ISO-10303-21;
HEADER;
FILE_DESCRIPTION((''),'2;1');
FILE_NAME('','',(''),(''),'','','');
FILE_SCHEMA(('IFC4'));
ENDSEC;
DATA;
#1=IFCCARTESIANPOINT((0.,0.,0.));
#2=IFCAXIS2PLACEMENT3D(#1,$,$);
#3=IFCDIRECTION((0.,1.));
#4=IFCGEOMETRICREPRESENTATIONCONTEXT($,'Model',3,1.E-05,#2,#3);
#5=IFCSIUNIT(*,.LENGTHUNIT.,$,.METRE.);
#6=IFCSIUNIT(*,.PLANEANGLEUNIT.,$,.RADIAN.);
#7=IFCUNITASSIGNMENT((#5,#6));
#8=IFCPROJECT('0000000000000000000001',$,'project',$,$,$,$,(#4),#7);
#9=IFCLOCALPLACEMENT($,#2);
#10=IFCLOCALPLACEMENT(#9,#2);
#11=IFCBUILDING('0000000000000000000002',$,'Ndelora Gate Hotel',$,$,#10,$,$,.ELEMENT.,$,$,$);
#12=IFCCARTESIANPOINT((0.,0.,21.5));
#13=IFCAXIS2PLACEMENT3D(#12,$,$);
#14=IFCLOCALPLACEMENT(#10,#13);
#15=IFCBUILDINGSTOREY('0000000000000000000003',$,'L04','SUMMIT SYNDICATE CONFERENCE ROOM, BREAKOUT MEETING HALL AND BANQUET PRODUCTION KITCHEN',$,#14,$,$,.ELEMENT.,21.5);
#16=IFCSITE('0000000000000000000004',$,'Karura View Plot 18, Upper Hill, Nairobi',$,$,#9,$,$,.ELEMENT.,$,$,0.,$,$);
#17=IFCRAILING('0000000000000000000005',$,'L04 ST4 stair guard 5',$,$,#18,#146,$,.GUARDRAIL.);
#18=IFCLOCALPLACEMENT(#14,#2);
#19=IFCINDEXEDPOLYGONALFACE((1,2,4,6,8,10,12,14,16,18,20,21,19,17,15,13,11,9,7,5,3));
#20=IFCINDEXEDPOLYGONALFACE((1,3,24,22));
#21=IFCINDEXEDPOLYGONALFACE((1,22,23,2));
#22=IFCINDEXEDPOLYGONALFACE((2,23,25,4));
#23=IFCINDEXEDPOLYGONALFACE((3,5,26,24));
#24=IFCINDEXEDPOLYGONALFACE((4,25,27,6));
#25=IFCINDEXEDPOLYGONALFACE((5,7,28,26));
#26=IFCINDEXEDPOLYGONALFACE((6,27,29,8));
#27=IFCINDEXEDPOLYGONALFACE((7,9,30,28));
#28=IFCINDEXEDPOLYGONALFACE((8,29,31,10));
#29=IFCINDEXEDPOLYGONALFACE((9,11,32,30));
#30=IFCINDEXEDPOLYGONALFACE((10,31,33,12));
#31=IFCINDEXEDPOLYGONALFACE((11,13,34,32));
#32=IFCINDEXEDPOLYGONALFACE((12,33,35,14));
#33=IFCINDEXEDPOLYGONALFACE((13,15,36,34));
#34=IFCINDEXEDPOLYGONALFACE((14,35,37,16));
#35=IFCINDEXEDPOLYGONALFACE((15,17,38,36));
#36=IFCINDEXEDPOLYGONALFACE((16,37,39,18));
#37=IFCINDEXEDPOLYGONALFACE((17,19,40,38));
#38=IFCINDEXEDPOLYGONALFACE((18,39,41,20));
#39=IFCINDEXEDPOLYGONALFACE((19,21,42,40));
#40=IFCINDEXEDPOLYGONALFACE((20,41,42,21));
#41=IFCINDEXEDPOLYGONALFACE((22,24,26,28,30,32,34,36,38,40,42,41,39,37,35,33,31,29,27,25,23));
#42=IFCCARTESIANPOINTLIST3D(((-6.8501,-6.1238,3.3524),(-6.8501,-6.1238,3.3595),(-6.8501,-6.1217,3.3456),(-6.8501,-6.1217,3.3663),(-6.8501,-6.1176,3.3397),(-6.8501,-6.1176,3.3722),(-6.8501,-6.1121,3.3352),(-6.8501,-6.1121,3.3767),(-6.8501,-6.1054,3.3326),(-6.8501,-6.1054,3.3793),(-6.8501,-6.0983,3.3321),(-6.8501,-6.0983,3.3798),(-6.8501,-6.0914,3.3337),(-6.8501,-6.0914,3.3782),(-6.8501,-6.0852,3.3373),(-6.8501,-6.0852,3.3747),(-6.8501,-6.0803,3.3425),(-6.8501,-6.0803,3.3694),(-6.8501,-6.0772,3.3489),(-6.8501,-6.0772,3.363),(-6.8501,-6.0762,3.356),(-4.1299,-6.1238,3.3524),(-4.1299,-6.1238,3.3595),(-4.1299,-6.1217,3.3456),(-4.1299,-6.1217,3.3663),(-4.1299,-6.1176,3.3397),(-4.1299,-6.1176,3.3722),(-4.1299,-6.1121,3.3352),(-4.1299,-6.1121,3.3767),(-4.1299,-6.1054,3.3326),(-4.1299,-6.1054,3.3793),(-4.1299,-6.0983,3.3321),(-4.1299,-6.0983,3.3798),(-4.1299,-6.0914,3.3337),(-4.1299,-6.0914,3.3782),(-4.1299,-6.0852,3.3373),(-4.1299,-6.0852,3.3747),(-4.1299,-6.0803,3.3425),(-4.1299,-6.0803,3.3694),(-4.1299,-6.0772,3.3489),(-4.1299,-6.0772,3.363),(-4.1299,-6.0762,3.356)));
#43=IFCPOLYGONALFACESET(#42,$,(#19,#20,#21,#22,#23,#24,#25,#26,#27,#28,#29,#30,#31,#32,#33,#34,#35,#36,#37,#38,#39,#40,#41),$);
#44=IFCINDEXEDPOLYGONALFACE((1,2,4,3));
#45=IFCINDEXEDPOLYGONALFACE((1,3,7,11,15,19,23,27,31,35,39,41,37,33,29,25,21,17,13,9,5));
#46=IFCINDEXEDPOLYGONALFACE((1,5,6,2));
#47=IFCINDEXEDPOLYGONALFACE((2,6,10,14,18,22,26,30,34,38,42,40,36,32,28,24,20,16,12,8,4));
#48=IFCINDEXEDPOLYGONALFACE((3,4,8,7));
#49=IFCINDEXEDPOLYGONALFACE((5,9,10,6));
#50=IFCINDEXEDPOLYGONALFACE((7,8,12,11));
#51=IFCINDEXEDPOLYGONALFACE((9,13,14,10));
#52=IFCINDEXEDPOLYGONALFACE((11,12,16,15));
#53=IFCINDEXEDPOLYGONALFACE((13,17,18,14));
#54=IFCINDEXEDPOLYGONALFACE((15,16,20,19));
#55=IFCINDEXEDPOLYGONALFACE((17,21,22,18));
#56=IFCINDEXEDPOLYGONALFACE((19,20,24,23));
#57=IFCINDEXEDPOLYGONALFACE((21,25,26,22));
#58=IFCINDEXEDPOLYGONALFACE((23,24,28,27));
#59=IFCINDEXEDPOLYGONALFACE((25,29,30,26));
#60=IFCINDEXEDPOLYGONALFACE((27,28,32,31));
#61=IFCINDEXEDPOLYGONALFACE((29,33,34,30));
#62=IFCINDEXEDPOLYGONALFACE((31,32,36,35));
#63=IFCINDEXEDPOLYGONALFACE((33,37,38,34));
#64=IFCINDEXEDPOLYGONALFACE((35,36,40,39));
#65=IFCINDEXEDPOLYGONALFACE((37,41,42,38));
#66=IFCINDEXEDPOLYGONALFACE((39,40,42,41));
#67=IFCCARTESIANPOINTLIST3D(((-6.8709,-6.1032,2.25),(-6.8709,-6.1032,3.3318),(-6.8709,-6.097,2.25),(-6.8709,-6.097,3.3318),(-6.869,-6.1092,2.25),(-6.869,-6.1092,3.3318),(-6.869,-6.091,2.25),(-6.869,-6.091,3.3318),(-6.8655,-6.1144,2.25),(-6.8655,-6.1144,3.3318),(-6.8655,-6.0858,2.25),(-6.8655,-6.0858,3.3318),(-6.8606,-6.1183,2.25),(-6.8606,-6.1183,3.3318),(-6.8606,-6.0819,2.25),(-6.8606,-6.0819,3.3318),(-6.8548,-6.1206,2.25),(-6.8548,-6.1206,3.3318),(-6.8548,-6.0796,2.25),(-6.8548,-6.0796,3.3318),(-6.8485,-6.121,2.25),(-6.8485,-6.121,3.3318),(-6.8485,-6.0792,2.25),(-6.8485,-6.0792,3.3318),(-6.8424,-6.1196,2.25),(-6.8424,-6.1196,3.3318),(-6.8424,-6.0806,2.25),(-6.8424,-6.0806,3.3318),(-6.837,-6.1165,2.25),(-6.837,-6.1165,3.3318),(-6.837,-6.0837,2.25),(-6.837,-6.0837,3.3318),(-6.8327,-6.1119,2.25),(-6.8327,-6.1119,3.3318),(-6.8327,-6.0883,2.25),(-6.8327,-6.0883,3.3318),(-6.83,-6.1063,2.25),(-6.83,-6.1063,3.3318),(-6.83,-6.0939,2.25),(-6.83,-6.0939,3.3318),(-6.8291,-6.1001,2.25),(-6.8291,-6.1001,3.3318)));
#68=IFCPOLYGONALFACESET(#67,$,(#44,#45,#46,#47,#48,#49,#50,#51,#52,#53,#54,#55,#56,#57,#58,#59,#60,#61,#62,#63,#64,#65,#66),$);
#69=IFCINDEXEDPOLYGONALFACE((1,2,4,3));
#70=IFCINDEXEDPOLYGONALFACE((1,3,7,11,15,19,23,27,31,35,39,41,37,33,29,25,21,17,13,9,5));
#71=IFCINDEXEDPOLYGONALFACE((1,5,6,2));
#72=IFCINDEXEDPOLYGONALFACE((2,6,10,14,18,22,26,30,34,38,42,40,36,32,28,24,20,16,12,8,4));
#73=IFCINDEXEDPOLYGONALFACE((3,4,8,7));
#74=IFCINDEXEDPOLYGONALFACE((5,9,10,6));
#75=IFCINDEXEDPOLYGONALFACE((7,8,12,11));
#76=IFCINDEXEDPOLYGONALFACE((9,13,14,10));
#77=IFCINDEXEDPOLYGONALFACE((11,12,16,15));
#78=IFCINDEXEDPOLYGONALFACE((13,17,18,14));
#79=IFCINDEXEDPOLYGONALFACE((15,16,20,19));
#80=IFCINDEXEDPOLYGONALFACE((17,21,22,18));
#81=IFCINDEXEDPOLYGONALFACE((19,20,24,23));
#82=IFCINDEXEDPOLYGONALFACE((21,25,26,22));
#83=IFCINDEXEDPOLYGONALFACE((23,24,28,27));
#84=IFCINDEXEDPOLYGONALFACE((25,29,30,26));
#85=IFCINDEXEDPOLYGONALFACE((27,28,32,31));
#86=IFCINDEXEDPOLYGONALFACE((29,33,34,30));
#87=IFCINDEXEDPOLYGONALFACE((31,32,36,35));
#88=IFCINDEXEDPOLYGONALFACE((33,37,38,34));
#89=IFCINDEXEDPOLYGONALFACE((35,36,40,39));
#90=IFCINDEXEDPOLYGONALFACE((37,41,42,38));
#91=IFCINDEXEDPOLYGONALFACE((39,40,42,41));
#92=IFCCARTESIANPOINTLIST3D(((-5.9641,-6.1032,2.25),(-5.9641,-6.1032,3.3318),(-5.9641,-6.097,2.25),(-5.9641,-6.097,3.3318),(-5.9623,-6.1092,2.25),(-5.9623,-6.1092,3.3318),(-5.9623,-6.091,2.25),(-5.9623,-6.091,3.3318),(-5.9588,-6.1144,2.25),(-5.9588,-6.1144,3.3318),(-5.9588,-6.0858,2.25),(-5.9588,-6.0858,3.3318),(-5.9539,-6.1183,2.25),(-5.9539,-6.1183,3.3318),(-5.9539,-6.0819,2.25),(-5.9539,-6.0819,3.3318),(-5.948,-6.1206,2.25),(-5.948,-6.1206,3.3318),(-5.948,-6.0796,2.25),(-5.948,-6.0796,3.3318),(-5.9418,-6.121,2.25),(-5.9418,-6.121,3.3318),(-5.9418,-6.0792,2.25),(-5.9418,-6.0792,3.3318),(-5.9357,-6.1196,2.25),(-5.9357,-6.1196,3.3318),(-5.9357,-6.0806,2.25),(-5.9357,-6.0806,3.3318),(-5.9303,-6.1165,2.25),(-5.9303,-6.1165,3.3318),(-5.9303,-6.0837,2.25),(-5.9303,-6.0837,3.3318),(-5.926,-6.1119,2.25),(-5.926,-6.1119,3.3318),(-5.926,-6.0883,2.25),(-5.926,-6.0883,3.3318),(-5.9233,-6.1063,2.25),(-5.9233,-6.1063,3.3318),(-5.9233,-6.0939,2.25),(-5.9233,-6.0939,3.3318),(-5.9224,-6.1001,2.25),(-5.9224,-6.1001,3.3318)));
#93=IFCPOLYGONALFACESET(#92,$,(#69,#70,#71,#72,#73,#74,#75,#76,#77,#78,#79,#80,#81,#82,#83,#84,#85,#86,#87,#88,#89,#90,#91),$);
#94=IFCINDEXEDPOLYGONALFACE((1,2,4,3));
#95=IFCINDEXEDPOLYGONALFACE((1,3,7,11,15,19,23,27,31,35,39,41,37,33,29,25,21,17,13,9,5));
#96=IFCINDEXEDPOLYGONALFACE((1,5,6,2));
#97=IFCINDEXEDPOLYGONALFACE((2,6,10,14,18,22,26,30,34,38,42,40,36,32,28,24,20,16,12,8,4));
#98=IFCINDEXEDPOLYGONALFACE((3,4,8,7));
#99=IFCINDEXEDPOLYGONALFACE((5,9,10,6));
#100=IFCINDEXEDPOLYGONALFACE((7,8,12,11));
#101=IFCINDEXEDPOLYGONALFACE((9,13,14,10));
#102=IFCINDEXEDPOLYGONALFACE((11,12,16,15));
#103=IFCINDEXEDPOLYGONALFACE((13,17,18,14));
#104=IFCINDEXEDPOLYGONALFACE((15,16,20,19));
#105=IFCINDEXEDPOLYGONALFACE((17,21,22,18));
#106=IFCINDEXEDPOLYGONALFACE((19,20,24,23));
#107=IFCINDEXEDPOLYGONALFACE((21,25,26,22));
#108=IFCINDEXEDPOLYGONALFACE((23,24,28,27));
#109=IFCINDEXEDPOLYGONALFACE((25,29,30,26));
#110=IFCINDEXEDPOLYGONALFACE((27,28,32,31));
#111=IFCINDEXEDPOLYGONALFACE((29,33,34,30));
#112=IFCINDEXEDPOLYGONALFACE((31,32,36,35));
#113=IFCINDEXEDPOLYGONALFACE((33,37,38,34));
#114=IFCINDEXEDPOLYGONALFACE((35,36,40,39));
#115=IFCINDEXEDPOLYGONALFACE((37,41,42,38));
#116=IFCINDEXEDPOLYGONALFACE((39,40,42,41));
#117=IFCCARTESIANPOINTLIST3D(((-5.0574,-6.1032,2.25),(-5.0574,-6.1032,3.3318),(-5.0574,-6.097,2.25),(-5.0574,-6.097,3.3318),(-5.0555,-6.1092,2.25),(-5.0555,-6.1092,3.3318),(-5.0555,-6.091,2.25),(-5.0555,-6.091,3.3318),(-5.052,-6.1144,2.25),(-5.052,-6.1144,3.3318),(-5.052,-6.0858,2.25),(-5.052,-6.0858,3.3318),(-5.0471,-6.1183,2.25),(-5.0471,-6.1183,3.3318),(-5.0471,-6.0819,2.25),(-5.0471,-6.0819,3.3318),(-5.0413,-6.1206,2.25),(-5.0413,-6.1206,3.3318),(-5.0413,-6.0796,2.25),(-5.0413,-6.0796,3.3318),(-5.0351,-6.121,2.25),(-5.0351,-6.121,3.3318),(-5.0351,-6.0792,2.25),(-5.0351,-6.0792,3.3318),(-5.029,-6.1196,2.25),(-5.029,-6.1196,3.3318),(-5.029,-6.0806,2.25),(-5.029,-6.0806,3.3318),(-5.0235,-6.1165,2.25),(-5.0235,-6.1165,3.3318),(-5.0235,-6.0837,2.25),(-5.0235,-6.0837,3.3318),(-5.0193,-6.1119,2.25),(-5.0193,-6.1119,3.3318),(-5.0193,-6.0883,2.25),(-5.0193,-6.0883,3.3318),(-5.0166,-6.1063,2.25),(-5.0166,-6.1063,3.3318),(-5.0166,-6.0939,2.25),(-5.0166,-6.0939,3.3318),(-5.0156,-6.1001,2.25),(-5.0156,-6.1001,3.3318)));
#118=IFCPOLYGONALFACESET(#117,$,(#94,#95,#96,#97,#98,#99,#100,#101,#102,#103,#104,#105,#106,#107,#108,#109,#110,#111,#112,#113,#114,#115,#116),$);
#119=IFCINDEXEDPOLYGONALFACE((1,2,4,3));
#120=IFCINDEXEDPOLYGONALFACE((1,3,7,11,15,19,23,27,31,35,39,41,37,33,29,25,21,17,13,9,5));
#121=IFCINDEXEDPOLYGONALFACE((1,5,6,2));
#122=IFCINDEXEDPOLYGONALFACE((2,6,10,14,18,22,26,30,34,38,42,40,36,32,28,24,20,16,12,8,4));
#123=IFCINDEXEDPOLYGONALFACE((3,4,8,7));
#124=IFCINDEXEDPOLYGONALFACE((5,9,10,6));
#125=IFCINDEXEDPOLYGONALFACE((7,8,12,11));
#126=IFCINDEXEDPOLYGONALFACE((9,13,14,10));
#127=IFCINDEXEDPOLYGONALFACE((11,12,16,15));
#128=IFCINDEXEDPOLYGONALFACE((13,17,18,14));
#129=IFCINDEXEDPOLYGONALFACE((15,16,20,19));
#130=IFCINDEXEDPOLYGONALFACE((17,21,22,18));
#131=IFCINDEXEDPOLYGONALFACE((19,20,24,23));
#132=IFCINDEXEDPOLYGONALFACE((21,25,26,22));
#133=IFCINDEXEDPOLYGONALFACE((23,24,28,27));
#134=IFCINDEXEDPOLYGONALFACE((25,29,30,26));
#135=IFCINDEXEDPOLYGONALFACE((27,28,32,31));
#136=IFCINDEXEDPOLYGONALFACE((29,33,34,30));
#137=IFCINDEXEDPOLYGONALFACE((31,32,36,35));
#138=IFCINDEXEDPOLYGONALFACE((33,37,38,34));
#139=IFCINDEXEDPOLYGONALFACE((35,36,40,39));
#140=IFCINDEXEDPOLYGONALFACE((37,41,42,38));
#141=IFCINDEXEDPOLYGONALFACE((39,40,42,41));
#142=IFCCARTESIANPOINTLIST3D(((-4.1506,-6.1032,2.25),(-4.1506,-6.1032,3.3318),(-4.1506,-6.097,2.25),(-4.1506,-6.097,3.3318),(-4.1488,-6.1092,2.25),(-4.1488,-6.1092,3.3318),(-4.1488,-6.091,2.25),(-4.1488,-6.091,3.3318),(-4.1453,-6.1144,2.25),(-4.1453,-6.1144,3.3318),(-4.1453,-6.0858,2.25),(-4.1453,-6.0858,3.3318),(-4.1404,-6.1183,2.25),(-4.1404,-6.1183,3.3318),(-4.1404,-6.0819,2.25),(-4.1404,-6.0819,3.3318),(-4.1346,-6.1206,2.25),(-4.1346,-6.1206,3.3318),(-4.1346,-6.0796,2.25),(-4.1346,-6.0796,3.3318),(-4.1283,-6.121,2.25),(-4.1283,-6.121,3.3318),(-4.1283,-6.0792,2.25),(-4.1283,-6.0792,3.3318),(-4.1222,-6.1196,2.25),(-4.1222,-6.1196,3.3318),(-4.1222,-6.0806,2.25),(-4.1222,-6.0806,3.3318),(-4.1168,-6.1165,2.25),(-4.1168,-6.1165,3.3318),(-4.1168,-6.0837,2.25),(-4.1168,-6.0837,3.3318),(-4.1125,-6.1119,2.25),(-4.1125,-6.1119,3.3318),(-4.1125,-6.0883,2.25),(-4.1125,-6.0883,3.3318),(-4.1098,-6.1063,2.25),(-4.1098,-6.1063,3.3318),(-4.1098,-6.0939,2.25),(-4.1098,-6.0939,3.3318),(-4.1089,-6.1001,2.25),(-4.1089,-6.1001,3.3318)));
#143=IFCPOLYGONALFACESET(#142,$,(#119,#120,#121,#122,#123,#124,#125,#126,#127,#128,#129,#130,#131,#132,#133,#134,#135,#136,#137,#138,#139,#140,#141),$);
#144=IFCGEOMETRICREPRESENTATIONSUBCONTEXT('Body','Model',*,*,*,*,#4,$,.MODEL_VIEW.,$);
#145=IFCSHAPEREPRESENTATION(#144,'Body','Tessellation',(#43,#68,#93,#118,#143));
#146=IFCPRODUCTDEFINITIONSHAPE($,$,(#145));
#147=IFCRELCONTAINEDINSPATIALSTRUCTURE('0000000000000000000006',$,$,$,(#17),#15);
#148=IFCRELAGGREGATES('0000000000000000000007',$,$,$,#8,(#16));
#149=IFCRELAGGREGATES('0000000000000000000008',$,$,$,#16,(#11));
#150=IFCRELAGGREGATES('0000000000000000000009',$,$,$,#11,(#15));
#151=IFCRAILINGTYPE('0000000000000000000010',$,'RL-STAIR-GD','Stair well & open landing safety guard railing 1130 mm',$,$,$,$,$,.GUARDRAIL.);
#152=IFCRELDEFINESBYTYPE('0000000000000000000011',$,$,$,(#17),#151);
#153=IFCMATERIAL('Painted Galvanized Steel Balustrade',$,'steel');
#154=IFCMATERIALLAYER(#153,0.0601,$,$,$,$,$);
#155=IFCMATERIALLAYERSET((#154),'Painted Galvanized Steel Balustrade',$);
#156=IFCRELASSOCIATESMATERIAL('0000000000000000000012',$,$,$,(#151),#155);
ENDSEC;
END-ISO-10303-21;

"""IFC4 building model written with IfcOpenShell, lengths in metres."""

from ifc_helpers import new_model, si_unit, direction, frame, origin, origin_2d, place, context, subcontext, project, spatial, circle, extrude, material, layer, layer_set, type_object, element, save


model = new_model("IFC4")

# Units and contexts
model_context = context("Model", 3, precision=1e-05, world=origin(), true_north=direction((0.0, 1.0)))
body_context = subcontext(model_context, "Body", "Model", "MODEL_VIEW")
ifc_project = project(units=[si_unit("LENGTHUNIT", "METRE"), si_unit("PLANEANGLEUNIT", "RADIAN")], contexts=[model_context])

# Site, building, storey
site_placement = place(None, origin())
site = spatial("IfcSite", under=ifc_project, at=site_placement, Name="Karura View Plot 18, Upper Hill, Nairobi", CompositionType="ELEMENT", RefElevation=0.0)
building_placement = place(site_placement, origin())
building = spatial("IfcBuilding", under=site, at=building_placement, Name="Ndelora Gate Hotel", CompositionType="ELEMENT")
storey_placement = place(building_placement, frame((0.0, 0.0, 21.5)))
storey = spatial("IfcBuildingStorey", under=building, at=storey_placement, Name="L04", Description="SUMMIT SYNDICATE CONFERENCE ROOM, BREAKOUT MEETING HALL AND BANQUET PRODUCTION KITCHEN", CompositionType="ELEMENT", Elevation=21.5)

# Railing
ifc_material_1 = material(Name="Painted Galvanized Steel Balustrade", Category="steel")
ifc_layer_1 = layer(ifc_material_1, 0.0601)
ifc_layer_set_1 = layer_set([ifc_layer_1], Name="Painted Galvanized Steel Balustrade")
railing_type = type_object("IfcRailingType", Name="RL-STAIR-GD", Description="Stair well & open landing safety guard railing 1130 mm", PredefinedType="GUARDRAIL", material=ifc_layer_set_1)
railing_1_placement = place(storey_placement, frame((-6.8501, -6.1001, 2.25)))
element("IfcRailing", 1, at=railing_1_placement, inside=storey, type_object=railing_type, Name="L04 ST4 stair guard 5", PredefinedType="GUARDRAIL", context=body_context, shape_type="SweptSolid", body=[
    extrude(circle(Radius=0.0239, at=origin_2d()), frame((0.0, 0.0, 1.106), z_axis=(1.0, 0.0, 0.0), x_axis=(0.0, 1.0, 0.0)), (0.0, 0.0, 1.0), 2.7202),
    extrude(circle(Radius=0.021, at=origin_2d()), origin(), (0.0, 0.0, 1.0), 1.0818),
    extrude(circle(Radius=0.021, at=origin_2d()), frame((0.9067, 0.0, 0.0)), (0.0, 0.0, 1.0), 1.0818),
    extrude(circle(Radius=0.021, at=origin_2d()), frame((1.8135, 0.0, 0.0)), (0.0, 0.0, 1.0), 1.0818),
    extrude(circle(Radius=0.021, at=origin_2d()), frame((2.7202, 0.0, 0.0)), (0.0, 0.0, 1.0), 1.0818),
])

save(model, "model.ifc")
